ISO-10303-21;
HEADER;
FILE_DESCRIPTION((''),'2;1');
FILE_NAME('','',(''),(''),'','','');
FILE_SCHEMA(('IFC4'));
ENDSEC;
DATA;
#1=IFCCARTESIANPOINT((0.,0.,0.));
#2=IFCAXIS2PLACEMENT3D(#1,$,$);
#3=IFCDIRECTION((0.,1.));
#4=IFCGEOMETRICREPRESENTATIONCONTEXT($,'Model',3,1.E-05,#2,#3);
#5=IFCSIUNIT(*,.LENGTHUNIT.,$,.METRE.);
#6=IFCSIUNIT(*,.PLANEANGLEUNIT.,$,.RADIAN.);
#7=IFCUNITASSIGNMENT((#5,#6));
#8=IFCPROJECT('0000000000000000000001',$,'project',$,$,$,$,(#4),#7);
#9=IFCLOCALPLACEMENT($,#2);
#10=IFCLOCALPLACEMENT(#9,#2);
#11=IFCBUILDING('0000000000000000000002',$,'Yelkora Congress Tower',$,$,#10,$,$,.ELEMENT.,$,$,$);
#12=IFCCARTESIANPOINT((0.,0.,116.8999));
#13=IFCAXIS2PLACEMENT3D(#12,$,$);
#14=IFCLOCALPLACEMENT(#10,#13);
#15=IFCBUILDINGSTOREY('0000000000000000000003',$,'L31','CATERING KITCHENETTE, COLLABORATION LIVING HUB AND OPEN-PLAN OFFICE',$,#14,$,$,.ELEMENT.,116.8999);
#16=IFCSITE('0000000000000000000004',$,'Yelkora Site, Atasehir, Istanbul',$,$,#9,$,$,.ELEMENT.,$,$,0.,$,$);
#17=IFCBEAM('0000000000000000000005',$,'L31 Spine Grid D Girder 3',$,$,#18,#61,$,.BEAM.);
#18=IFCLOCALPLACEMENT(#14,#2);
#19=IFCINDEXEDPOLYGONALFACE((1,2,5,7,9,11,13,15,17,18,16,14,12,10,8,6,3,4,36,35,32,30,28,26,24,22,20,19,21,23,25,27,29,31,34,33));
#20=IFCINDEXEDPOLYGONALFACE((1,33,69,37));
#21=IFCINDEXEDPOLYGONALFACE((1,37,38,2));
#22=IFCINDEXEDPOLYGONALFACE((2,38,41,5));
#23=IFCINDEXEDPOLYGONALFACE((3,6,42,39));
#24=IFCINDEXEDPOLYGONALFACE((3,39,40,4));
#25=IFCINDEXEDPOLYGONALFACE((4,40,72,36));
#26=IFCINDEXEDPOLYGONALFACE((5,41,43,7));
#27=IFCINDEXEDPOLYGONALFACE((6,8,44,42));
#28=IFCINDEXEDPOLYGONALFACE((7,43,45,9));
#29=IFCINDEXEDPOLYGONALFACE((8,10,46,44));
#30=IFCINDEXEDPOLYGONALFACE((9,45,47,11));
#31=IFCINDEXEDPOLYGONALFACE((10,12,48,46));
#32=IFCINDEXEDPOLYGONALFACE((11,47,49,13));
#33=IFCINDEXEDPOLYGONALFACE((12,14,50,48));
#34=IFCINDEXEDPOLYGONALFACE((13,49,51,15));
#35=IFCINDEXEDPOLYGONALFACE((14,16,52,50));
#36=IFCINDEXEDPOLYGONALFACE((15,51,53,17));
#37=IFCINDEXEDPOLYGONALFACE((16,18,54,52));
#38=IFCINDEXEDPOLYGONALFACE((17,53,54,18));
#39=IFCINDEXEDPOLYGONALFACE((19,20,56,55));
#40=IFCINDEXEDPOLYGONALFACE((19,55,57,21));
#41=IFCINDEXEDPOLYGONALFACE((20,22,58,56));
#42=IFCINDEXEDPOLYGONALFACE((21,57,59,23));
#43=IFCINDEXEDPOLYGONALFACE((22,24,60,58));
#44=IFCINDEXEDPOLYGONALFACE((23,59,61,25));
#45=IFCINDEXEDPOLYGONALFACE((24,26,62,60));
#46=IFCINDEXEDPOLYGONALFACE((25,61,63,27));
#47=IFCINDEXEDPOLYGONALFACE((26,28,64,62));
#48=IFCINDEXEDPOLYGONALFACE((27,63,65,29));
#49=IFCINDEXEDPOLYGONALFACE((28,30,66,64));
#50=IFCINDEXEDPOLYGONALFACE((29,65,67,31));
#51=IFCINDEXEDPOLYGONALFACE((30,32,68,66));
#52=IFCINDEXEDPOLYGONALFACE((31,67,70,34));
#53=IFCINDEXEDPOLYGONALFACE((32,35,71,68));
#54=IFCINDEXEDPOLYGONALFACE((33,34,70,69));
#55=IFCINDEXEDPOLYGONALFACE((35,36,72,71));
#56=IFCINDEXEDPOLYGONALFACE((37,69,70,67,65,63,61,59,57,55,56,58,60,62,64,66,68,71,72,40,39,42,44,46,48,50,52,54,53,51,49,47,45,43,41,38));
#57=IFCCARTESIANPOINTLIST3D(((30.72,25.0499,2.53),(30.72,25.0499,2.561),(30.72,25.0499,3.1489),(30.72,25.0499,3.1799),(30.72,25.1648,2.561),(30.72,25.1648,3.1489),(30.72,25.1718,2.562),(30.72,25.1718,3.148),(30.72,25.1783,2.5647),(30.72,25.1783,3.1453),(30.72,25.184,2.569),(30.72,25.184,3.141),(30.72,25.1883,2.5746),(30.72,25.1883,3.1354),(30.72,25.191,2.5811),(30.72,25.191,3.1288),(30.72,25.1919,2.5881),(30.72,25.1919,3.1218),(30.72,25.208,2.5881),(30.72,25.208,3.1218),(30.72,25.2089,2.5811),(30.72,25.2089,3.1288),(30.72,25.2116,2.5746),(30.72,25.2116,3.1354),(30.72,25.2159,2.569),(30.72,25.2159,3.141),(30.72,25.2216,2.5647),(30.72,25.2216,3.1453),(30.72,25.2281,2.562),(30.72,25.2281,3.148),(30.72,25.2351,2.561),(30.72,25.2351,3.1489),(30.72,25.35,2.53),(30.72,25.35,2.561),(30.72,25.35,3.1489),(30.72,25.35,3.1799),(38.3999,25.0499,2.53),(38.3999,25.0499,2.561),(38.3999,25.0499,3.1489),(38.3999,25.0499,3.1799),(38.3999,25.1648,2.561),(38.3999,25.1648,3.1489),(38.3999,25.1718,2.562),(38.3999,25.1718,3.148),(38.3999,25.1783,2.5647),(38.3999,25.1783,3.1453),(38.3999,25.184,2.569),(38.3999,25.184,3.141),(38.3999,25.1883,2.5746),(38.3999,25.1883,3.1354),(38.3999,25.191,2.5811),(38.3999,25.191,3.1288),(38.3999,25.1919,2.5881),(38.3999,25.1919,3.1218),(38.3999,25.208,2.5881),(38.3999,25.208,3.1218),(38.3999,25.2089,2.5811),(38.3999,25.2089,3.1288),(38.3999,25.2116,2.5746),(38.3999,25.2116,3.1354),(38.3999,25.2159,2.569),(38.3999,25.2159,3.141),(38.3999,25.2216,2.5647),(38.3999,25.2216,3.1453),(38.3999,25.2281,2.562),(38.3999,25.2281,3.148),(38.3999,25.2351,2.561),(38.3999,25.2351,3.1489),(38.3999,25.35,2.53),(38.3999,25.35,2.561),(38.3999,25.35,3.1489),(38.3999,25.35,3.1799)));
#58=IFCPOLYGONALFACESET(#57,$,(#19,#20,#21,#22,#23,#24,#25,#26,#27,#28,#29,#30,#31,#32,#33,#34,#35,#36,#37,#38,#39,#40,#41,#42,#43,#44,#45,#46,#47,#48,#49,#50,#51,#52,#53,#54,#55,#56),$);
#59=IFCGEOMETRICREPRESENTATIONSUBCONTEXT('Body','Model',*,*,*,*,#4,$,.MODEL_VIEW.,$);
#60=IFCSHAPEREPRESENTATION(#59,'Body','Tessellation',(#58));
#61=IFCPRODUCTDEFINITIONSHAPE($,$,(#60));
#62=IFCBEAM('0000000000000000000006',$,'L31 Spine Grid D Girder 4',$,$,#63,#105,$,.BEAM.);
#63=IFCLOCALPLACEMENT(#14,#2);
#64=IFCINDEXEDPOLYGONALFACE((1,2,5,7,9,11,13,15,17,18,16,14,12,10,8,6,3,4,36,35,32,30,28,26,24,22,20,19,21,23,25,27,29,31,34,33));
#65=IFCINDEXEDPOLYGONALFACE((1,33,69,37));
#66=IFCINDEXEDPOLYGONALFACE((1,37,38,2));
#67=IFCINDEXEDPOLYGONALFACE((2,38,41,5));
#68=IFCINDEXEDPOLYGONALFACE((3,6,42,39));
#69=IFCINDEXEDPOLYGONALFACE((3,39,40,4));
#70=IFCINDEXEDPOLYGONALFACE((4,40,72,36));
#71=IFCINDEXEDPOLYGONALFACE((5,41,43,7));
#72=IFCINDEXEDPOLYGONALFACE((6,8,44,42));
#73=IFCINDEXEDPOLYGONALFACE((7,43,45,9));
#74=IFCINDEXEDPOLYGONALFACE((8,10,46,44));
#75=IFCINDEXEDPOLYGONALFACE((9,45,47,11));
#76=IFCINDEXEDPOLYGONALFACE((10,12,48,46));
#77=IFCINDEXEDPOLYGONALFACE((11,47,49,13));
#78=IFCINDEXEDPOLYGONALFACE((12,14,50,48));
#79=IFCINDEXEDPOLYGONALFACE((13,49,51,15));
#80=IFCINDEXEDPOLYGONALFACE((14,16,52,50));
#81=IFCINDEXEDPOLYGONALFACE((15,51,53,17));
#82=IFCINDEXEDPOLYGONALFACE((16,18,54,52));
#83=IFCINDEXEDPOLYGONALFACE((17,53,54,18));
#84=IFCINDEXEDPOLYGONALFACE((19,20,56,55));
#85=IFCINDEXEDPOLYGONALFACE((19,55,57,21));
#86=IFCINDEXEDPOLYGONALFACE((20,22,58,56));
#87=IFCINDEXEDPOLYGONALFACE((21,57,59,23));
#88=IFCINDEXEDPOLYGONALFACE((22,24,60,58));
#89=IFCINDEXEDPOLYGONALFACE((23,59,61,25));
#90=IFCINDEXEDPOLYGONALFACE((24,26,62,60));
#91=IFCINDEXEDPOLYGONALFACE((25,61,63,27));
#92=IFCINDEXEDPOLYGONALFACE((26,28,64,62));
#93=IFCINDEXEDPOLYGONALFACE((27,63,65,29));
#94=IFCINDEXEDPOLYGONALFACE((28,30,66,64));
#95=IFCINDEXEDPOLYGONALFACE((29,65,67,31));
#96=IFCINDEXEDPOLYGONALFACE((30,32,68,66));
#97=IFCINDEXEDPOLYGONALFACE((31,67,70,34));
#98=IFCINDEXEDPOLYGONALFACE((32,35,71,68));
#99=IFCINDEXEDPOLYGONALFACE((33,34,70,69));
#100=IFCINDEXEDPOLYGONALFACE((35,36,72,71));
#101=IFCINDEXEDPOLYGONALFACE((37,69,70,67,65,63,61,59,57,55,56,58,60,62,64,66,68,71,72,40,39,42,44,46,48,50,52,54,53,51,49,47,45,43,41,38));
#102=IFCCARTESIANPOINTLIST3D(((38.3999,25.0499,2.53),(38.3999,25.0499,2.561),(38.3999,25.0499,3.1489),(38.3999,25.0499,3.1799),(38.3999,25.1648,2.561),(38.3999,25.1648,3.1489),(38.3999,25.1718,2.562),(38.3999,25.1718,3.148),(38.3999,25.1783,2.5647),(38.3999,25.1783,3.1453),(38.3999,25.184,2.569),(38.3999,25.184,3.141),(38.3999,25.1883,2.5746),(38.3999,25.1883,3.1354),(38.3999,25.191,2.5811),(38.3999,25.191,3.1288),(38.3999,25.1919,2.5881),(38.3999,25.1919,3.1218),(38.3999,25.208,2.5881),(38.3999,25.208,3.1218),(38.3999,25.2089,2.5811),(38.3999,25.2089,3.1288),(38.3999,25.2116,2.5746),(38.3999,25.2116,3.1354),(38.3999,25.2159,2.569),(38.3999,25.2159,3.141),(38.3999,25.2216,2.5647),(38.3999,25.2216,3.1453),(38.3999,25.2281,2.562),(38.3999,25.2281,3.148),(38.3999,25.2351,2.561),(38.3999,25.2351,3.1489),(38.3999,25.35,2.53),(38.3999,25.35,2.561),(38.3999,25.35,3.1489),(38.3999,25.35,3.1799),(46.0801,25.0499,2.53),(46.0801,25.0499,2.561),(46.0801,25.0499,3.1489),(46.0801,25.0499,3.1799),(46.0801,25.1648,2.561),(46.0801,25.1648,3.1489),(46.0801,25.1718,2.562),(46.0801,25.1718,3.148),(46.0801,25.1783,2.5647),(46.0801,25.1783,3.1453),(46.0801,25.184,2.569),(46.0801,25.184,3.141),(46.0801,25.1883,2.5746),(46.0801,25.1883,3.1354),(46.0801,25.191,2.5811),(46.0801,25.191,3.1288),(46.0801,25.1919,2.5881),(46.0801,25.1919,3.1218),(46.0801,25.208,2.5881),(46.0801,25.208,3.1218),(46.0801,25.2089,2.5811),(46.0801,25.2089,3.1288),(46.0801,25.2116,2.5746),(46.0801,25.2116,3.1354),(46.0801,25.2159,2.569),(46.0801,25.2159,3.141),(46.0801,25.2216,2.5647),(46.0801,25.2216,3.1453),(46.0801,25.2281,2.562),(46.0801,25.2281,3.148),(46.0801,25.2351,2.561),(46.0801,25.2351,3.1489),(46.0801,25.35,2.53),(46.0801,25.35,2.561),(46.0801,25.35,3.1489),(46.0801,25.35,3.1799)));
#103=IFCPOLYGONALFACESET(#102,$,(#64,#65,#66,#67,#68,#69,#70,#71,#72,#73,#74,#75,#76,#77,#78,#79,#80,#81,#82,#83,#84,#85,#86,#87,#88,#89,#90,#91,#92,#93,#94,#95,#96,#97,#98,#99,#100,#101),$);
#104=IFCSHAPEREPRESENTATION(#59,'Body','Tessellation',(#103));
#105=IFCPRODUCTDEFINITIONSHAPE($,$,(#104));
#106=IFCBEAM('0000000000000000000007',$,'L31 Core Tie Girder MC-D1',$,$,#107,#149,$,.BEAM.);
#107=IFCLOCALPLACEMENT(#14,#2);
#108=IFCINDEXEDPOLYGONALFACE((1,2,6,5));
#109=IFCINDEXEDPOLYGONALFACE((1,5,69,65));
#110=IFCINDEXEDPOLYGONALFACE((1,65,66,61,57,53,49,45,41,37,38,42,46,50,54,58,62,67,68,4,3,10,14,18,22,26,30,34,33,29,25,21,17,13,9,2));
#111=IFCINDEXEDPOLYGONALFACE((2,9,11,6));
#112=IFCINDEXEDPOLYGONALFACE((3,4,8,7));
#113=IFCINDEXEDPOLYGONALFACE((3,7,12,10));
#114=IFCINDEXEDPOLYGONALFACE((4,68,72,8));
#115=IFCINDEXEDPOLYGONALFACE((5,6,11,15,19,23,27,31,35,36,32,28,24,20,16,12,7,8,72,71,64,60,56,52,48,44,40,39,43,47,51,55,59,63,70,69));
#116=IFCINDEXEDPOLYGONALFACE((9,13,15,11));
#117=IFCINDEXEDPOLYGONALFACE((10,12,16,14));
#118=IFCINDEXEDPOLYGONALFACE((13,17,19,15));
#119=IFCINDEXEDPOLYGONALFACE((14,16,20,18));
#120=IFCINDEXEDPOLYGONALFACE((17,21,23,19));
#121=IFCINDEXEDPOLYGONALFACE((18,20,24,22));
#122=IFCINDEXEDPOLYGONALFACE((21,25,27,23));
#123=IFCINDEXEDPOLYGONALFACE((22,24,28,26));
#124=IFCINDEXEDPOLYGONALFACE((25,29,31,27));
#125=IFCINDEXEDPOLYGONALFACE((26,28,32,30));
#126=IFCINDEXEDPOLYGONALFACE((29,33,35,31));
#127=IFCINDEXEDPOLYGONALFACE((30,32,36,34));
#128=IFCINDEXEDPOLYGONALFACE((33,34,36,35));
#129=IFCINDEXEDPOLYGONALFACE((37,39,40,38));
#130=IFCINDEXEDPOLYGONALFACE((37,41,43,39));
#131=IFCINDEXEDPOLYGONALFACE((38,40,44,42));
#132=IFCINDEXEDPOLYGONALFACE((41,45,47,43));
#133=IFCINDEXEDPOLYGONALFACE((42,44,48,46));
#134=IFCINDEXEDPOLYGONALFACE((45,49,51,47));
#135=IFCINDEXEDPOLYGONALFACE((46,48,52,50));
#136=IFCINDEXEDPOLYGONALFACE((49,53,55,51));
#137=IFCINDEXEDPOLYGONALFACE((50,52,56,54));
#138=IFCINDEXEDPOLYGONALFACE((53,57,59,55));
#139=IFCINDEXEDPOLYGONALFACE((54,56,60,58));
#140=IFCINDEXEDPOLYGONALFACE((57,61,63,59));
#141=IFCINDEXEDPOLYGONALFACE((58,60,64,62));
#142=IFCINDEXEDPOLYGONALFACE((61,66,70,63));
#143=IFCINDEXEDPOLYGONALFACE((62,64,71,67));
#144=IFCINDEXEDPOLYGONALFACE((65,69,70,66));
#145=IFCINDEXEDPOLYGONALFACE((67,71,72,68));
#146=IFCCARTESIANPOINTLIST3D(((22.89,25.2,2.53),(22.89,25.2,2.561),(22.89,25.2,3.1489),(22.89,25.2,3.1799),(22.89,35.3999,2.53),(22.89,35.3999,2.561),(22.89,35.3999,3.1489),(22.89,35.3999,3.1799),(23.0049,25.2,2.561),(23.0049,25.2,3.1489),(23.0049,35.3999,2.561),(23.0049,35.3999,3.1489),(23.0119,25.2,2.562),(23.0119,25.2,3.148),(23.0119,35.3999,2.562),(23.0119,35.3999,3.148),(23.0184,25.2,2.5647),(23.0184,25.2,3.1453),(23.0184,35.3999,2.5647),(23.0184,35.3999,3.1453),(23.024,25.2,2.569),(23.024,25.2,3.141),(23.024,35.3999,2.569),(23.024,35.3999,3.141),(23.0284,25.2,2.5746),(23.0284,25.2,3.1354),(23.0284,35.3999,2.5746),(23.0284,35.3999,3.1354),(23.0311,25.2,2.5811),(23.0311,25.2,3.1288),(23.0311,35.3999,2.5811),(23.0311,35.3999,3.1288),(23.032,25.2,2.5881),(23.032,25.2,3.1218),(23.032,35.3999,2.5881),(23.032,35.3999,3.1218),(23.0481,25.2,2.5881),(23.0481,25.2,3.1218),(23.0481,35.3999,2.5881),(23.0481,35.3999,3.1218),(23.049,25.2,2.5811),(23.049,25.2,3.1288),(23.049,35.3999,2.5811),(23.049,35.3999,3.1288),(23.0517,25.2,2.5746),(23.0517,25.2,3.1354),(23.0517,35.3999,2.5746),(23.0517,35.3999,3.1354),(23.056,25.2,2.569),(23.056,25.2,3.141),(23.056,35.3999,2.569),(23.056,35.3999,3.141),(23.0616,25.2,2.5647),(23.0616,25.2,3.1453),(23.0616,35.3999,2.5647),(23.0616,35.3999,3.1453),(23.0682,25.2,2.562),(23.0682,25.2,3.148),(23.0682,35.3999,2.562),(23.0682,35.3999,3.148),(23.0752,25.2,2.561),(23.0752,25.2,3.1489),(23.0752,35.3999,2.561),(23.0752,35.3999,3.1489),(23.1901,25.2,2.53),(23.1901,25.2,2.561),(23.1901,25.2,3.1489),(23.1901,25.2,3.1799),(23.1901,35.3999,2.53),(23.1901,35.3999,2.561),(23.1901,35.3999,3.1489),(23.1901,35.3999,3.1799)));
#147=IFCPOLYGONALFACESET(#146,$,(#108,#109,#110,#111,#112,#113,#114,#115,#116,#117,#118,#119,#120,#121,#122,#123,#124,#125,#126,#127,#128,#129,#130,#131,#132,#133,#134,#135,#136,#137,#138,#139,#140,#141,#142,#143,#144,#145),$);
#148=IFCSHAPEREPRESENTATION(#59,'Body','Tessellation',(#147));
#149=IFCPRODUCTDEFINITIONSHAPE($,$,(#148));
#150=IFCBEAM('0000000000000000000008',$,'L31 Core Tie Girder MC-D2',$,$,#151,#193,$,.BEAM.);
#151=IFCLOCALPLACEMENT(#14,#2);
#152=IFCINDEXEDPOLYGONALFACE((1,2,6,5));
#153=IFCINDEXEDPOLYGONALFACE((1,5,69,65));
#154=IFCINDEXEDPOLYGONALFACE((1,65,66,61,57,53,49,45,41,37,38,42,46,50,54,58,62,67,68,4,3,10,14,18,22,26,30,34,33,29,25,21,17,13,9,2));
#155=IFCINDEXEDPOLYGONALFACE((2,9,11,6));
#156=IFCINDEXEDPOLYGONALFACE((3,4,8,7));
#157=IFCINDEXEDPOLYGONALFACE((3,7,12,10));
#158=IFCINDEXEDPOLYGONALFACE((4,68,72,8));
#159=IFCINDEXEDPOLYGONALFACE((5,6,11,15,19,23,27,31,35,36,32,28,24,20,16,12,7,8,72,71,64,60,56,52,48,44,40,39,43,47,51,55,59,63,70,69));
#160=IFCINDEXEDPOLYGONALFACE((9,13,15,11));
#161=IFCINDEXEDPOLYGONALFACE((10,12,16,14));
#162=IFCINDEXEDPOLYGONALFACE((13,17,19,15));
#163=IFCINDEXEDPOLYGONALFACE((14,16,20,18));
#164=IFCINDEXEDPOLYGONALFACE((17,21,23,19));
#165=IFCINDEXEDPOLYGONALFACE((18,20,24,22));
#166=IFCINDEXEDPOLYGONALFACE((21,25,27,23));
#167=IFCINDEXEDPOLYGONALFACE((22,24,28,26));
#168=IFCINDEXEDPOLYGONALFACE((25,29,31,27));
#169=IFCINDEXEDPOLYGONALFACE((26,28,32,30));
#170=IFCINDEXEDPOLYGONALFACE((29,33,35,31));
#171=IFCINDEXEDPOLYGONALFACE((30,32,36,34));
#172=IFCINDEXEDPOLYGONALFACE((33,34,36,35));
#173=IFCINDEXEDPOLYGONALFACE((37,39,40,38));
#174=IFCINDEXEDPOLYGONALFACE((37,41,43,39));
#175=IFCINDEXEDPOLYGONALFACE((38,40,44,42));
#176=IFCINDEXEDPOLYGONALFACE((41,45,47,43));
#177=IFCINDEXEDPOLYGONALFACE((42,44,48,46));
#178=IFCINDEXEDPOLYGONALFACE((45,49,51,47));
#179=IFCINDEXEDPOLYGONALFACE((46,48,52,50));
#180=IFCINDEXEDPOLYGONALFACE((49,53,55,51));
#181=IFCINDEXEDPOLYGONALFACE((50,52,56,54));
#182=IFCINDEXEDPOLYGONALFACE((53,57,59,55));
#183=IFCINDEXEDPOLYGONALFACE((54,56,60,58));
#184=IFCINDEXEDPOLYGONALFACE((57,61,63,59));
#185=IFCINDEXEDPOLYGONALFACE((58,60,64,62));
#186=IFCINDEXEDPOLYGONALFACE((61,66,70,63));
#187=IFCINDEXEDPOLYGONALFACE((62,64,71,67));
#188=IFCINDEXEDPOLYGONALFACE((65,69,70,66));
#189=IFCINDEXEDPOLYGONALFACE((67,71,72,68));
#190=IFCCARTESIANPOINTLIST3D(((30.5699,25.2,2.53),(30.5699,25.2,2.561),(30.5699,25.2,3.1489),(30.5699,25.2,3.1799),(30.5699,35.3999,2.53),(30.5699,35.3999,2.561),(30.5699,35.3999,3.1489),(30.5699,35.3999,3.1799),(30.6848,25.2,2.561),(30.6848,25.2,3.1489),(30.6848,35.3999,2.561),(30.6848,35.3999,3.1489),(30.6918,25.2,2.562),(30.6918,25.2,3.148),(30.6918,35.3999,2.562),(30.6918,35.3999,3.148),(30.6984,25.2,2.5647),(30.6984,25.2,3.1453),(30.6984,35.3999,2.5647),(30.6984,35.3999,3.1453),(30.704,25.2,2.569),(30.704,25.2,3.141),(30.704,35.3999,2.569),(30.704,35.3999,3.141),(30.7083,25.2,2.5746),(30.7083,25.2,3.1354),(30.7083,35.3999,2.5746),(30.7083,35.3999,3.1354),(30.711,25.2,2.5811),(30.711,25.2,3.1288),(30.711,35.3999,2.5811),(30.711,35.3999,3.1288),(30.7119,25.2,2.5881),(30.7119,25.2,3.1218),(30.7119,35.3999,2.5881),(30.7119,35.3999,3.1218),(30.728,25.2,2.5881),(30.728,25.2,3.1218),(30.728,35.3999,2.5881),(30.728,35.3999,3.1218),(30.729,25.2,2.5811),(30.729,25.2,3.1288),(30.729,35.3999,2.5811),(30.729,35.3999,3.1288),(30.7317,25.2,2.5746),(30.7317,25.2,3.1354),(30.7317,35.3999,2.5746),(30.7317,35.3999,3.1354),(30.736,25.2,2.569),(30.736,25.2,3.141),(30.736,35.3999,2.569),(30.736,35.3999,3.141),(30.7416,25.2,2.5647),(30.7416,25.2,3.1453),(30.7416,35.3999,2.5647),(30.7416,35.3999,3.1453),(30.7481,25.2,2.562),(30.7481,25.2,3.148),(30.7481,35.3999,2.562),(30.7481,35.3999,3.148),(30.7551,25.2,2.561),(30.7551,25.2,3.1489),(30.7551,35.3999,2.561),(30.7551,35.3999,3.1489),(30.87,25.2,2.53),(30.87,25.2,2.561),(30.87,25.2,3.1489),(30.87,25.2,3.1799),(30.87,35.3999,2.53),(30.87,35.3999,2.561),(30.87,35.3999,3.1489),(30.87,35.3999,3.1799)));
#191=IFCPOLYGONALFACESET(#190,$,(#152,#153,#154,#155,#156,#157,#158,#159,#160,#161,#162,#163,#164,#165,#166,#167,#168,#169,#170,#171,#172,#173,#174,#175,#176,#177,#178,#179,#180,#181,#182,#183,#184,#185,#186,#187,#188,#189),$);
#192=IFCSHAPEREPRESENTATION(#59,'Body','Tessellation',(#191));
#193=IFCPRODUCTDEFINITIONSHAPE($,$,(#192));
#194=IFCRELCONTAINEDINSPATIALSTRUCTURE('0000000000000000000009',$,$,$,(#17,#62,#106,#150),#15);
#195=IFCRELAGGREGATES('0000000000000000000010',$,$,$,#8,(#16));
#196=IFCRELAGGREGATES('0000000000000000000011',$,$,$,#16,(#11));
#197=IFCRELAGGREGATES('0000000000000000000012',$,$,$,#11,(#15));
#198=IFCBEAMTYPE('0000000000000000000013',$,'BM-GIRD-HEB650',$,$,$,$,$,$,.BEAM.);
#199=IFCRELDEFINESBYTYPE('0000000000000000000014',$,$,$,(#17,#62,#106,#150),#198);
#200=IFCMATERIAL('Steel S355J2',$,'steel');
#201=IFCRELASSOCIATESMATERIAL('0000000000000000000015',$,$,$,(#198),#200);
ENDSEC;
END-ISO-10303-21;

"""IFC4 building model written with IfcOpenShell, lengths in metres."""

from ifc_helpers import new_model, si_unit, direction, frame, origin, origin_2d, place, context, subcontext, project, spatial, i_section, extrude, material, material_profile, profile_set, type_object, element, save


model = new_model("IFC4")

# Units and contexts
model_context = context("Model", 3, precision=1e-05, world=origin(), true_north=direction((0.0, 1.0)))
body_context = subcontext(model_context, "Body", "Model", "MODEL_VIEW")
ifc_project = project(units=[si_unit("LENGTHUNIT", "METRE"), si_unit("PLANEANGLEUNIT", "RADIAN")], contexts=[model_context])

# Site, building, storey
site_placement = place(None, origin())
site = spatial("IfcSite", under=ifc_project, at=site_placement, Name="Yelkora Site, Atasehir, Istanbul", CompositionType="ELEMENT", RefElevation=0.0)
building_placement = place(site_placement, origin())
building = spatial("IfcBuilding", under=site, at=building_placement, Name="Yelkora Congress Tower", CompositionType="ELEMENT")
storey_placement = place(building_placement, frame((0.0, 0.0, 116.8999)))
storey = spatial("IfcBuildingStorey", under=building, at=storey_placement, Name="L31", Description="CATERING KITCHENETTE, COLLABORATION LIVING HUB AND OPEN-PLAN OFFICE", CompositionType="ELEMENT", Elevation=116.8999)

# Beams
ifc_material_1 = material(Name="Steel S355J2", Category="steel")
ifc_material_profile_1 = material_profile(ifc_material_1, i_section(OverallWidth=0.3, OverallDepth=0.6499, WebThickness=0.0161, FlangeThickness=0.031, FilletRadius=0.0271, at=origin_2d()), Name="HEB 650")
ifc_profile_set_1 = profile_set([ifc_material_profile_1], Name="Steel S355J2")
beam_type_1 = type_object("IfcBeamType", Name="BM-GIRD-HEB650", PredefinedType="BEAM", material=ifc_profile_set_1)
for number, where, z_axis, x_axis, name in (
    (1, (30.72, 25.2, 2.855), (1.0, 0.0, 0.0), (0.0, 1.0, 0.0), "L31 Spine Grid D Girder 3"),
):
    element("IfcBeam", number, at=place(storey_placement, frame(where, z_axis=z_axis, x_axis=x_axis)), inside=storey, type_object=beam_type_1, Name=name, PredefinedType="BEAM", context=body_context, shape_type="SweptSolid", body=[
        extrude(i_section(OverallWidth=0.3, OverallDepth=0.6499, WebThickness=0.0161, FlangeThickness=0.031, FilletRadius=0.0271, at=origin_2d()), origin(), (0.0, 0.0, 1.0), 7.6799),
    ])
beam_1_placement = place(storey_placement, frame((38.3999, 25.2, 2.855), z_axis=(1.0, 0.0, 0.0), x_axis=(0.0, 1.0, 0.0)))
element("IfcBeam", 2, at=beam_1_placement, inside=storey, type_object=beam_type_1, Name="L31 Spine Grid D Girder 4", PredefinedType="BEAM", context=body_context, shape_type="SweptSolid", body=[
    extrude(i_section(OverallWidth=0.3, OverallDepth=0.6499, WebThickness=0.0161, FlangeThickness=0.031, FilletRadius=0.0271, at=origin_2d()), origin(), (0.0, 0.0, 1.0), 7.6802),
])
for number, where, z_axis, x_axis, name in (
    (3, (23.04, 25.2, 2.855), (0.0, 1.0, 0.0), (-1.0, 0.0, 0.0), "L31 Core Tie Girder MC-D1"),
    (4, (30.72, 25.2, 2.855), (0.0, 1.0, 0.0), (-1.0, 0.0, 0.0), "L31 Core Tie Girder MC-D2"),
):
    element("IfcBeam", number, at=place(storey_placement, frame(where, z_axis=z_axis, x_axis=x_axis)), inside=storey, type_object=beam_type_1, Name=name, PredefinedType="BEAM", context=body_context, shape_type="SweptSolid", body=[
        extrude(i_section(OverallWidth=0.3, OverallDepth=0.6499, WebThickness=0.0161, FlangeThickness=0.031, FilletRadius=0.0271, at=origin_2d()), origin(), (0.0, 0.0, 1.0), 10.2),
    ])

save(model, "model.ifc")
